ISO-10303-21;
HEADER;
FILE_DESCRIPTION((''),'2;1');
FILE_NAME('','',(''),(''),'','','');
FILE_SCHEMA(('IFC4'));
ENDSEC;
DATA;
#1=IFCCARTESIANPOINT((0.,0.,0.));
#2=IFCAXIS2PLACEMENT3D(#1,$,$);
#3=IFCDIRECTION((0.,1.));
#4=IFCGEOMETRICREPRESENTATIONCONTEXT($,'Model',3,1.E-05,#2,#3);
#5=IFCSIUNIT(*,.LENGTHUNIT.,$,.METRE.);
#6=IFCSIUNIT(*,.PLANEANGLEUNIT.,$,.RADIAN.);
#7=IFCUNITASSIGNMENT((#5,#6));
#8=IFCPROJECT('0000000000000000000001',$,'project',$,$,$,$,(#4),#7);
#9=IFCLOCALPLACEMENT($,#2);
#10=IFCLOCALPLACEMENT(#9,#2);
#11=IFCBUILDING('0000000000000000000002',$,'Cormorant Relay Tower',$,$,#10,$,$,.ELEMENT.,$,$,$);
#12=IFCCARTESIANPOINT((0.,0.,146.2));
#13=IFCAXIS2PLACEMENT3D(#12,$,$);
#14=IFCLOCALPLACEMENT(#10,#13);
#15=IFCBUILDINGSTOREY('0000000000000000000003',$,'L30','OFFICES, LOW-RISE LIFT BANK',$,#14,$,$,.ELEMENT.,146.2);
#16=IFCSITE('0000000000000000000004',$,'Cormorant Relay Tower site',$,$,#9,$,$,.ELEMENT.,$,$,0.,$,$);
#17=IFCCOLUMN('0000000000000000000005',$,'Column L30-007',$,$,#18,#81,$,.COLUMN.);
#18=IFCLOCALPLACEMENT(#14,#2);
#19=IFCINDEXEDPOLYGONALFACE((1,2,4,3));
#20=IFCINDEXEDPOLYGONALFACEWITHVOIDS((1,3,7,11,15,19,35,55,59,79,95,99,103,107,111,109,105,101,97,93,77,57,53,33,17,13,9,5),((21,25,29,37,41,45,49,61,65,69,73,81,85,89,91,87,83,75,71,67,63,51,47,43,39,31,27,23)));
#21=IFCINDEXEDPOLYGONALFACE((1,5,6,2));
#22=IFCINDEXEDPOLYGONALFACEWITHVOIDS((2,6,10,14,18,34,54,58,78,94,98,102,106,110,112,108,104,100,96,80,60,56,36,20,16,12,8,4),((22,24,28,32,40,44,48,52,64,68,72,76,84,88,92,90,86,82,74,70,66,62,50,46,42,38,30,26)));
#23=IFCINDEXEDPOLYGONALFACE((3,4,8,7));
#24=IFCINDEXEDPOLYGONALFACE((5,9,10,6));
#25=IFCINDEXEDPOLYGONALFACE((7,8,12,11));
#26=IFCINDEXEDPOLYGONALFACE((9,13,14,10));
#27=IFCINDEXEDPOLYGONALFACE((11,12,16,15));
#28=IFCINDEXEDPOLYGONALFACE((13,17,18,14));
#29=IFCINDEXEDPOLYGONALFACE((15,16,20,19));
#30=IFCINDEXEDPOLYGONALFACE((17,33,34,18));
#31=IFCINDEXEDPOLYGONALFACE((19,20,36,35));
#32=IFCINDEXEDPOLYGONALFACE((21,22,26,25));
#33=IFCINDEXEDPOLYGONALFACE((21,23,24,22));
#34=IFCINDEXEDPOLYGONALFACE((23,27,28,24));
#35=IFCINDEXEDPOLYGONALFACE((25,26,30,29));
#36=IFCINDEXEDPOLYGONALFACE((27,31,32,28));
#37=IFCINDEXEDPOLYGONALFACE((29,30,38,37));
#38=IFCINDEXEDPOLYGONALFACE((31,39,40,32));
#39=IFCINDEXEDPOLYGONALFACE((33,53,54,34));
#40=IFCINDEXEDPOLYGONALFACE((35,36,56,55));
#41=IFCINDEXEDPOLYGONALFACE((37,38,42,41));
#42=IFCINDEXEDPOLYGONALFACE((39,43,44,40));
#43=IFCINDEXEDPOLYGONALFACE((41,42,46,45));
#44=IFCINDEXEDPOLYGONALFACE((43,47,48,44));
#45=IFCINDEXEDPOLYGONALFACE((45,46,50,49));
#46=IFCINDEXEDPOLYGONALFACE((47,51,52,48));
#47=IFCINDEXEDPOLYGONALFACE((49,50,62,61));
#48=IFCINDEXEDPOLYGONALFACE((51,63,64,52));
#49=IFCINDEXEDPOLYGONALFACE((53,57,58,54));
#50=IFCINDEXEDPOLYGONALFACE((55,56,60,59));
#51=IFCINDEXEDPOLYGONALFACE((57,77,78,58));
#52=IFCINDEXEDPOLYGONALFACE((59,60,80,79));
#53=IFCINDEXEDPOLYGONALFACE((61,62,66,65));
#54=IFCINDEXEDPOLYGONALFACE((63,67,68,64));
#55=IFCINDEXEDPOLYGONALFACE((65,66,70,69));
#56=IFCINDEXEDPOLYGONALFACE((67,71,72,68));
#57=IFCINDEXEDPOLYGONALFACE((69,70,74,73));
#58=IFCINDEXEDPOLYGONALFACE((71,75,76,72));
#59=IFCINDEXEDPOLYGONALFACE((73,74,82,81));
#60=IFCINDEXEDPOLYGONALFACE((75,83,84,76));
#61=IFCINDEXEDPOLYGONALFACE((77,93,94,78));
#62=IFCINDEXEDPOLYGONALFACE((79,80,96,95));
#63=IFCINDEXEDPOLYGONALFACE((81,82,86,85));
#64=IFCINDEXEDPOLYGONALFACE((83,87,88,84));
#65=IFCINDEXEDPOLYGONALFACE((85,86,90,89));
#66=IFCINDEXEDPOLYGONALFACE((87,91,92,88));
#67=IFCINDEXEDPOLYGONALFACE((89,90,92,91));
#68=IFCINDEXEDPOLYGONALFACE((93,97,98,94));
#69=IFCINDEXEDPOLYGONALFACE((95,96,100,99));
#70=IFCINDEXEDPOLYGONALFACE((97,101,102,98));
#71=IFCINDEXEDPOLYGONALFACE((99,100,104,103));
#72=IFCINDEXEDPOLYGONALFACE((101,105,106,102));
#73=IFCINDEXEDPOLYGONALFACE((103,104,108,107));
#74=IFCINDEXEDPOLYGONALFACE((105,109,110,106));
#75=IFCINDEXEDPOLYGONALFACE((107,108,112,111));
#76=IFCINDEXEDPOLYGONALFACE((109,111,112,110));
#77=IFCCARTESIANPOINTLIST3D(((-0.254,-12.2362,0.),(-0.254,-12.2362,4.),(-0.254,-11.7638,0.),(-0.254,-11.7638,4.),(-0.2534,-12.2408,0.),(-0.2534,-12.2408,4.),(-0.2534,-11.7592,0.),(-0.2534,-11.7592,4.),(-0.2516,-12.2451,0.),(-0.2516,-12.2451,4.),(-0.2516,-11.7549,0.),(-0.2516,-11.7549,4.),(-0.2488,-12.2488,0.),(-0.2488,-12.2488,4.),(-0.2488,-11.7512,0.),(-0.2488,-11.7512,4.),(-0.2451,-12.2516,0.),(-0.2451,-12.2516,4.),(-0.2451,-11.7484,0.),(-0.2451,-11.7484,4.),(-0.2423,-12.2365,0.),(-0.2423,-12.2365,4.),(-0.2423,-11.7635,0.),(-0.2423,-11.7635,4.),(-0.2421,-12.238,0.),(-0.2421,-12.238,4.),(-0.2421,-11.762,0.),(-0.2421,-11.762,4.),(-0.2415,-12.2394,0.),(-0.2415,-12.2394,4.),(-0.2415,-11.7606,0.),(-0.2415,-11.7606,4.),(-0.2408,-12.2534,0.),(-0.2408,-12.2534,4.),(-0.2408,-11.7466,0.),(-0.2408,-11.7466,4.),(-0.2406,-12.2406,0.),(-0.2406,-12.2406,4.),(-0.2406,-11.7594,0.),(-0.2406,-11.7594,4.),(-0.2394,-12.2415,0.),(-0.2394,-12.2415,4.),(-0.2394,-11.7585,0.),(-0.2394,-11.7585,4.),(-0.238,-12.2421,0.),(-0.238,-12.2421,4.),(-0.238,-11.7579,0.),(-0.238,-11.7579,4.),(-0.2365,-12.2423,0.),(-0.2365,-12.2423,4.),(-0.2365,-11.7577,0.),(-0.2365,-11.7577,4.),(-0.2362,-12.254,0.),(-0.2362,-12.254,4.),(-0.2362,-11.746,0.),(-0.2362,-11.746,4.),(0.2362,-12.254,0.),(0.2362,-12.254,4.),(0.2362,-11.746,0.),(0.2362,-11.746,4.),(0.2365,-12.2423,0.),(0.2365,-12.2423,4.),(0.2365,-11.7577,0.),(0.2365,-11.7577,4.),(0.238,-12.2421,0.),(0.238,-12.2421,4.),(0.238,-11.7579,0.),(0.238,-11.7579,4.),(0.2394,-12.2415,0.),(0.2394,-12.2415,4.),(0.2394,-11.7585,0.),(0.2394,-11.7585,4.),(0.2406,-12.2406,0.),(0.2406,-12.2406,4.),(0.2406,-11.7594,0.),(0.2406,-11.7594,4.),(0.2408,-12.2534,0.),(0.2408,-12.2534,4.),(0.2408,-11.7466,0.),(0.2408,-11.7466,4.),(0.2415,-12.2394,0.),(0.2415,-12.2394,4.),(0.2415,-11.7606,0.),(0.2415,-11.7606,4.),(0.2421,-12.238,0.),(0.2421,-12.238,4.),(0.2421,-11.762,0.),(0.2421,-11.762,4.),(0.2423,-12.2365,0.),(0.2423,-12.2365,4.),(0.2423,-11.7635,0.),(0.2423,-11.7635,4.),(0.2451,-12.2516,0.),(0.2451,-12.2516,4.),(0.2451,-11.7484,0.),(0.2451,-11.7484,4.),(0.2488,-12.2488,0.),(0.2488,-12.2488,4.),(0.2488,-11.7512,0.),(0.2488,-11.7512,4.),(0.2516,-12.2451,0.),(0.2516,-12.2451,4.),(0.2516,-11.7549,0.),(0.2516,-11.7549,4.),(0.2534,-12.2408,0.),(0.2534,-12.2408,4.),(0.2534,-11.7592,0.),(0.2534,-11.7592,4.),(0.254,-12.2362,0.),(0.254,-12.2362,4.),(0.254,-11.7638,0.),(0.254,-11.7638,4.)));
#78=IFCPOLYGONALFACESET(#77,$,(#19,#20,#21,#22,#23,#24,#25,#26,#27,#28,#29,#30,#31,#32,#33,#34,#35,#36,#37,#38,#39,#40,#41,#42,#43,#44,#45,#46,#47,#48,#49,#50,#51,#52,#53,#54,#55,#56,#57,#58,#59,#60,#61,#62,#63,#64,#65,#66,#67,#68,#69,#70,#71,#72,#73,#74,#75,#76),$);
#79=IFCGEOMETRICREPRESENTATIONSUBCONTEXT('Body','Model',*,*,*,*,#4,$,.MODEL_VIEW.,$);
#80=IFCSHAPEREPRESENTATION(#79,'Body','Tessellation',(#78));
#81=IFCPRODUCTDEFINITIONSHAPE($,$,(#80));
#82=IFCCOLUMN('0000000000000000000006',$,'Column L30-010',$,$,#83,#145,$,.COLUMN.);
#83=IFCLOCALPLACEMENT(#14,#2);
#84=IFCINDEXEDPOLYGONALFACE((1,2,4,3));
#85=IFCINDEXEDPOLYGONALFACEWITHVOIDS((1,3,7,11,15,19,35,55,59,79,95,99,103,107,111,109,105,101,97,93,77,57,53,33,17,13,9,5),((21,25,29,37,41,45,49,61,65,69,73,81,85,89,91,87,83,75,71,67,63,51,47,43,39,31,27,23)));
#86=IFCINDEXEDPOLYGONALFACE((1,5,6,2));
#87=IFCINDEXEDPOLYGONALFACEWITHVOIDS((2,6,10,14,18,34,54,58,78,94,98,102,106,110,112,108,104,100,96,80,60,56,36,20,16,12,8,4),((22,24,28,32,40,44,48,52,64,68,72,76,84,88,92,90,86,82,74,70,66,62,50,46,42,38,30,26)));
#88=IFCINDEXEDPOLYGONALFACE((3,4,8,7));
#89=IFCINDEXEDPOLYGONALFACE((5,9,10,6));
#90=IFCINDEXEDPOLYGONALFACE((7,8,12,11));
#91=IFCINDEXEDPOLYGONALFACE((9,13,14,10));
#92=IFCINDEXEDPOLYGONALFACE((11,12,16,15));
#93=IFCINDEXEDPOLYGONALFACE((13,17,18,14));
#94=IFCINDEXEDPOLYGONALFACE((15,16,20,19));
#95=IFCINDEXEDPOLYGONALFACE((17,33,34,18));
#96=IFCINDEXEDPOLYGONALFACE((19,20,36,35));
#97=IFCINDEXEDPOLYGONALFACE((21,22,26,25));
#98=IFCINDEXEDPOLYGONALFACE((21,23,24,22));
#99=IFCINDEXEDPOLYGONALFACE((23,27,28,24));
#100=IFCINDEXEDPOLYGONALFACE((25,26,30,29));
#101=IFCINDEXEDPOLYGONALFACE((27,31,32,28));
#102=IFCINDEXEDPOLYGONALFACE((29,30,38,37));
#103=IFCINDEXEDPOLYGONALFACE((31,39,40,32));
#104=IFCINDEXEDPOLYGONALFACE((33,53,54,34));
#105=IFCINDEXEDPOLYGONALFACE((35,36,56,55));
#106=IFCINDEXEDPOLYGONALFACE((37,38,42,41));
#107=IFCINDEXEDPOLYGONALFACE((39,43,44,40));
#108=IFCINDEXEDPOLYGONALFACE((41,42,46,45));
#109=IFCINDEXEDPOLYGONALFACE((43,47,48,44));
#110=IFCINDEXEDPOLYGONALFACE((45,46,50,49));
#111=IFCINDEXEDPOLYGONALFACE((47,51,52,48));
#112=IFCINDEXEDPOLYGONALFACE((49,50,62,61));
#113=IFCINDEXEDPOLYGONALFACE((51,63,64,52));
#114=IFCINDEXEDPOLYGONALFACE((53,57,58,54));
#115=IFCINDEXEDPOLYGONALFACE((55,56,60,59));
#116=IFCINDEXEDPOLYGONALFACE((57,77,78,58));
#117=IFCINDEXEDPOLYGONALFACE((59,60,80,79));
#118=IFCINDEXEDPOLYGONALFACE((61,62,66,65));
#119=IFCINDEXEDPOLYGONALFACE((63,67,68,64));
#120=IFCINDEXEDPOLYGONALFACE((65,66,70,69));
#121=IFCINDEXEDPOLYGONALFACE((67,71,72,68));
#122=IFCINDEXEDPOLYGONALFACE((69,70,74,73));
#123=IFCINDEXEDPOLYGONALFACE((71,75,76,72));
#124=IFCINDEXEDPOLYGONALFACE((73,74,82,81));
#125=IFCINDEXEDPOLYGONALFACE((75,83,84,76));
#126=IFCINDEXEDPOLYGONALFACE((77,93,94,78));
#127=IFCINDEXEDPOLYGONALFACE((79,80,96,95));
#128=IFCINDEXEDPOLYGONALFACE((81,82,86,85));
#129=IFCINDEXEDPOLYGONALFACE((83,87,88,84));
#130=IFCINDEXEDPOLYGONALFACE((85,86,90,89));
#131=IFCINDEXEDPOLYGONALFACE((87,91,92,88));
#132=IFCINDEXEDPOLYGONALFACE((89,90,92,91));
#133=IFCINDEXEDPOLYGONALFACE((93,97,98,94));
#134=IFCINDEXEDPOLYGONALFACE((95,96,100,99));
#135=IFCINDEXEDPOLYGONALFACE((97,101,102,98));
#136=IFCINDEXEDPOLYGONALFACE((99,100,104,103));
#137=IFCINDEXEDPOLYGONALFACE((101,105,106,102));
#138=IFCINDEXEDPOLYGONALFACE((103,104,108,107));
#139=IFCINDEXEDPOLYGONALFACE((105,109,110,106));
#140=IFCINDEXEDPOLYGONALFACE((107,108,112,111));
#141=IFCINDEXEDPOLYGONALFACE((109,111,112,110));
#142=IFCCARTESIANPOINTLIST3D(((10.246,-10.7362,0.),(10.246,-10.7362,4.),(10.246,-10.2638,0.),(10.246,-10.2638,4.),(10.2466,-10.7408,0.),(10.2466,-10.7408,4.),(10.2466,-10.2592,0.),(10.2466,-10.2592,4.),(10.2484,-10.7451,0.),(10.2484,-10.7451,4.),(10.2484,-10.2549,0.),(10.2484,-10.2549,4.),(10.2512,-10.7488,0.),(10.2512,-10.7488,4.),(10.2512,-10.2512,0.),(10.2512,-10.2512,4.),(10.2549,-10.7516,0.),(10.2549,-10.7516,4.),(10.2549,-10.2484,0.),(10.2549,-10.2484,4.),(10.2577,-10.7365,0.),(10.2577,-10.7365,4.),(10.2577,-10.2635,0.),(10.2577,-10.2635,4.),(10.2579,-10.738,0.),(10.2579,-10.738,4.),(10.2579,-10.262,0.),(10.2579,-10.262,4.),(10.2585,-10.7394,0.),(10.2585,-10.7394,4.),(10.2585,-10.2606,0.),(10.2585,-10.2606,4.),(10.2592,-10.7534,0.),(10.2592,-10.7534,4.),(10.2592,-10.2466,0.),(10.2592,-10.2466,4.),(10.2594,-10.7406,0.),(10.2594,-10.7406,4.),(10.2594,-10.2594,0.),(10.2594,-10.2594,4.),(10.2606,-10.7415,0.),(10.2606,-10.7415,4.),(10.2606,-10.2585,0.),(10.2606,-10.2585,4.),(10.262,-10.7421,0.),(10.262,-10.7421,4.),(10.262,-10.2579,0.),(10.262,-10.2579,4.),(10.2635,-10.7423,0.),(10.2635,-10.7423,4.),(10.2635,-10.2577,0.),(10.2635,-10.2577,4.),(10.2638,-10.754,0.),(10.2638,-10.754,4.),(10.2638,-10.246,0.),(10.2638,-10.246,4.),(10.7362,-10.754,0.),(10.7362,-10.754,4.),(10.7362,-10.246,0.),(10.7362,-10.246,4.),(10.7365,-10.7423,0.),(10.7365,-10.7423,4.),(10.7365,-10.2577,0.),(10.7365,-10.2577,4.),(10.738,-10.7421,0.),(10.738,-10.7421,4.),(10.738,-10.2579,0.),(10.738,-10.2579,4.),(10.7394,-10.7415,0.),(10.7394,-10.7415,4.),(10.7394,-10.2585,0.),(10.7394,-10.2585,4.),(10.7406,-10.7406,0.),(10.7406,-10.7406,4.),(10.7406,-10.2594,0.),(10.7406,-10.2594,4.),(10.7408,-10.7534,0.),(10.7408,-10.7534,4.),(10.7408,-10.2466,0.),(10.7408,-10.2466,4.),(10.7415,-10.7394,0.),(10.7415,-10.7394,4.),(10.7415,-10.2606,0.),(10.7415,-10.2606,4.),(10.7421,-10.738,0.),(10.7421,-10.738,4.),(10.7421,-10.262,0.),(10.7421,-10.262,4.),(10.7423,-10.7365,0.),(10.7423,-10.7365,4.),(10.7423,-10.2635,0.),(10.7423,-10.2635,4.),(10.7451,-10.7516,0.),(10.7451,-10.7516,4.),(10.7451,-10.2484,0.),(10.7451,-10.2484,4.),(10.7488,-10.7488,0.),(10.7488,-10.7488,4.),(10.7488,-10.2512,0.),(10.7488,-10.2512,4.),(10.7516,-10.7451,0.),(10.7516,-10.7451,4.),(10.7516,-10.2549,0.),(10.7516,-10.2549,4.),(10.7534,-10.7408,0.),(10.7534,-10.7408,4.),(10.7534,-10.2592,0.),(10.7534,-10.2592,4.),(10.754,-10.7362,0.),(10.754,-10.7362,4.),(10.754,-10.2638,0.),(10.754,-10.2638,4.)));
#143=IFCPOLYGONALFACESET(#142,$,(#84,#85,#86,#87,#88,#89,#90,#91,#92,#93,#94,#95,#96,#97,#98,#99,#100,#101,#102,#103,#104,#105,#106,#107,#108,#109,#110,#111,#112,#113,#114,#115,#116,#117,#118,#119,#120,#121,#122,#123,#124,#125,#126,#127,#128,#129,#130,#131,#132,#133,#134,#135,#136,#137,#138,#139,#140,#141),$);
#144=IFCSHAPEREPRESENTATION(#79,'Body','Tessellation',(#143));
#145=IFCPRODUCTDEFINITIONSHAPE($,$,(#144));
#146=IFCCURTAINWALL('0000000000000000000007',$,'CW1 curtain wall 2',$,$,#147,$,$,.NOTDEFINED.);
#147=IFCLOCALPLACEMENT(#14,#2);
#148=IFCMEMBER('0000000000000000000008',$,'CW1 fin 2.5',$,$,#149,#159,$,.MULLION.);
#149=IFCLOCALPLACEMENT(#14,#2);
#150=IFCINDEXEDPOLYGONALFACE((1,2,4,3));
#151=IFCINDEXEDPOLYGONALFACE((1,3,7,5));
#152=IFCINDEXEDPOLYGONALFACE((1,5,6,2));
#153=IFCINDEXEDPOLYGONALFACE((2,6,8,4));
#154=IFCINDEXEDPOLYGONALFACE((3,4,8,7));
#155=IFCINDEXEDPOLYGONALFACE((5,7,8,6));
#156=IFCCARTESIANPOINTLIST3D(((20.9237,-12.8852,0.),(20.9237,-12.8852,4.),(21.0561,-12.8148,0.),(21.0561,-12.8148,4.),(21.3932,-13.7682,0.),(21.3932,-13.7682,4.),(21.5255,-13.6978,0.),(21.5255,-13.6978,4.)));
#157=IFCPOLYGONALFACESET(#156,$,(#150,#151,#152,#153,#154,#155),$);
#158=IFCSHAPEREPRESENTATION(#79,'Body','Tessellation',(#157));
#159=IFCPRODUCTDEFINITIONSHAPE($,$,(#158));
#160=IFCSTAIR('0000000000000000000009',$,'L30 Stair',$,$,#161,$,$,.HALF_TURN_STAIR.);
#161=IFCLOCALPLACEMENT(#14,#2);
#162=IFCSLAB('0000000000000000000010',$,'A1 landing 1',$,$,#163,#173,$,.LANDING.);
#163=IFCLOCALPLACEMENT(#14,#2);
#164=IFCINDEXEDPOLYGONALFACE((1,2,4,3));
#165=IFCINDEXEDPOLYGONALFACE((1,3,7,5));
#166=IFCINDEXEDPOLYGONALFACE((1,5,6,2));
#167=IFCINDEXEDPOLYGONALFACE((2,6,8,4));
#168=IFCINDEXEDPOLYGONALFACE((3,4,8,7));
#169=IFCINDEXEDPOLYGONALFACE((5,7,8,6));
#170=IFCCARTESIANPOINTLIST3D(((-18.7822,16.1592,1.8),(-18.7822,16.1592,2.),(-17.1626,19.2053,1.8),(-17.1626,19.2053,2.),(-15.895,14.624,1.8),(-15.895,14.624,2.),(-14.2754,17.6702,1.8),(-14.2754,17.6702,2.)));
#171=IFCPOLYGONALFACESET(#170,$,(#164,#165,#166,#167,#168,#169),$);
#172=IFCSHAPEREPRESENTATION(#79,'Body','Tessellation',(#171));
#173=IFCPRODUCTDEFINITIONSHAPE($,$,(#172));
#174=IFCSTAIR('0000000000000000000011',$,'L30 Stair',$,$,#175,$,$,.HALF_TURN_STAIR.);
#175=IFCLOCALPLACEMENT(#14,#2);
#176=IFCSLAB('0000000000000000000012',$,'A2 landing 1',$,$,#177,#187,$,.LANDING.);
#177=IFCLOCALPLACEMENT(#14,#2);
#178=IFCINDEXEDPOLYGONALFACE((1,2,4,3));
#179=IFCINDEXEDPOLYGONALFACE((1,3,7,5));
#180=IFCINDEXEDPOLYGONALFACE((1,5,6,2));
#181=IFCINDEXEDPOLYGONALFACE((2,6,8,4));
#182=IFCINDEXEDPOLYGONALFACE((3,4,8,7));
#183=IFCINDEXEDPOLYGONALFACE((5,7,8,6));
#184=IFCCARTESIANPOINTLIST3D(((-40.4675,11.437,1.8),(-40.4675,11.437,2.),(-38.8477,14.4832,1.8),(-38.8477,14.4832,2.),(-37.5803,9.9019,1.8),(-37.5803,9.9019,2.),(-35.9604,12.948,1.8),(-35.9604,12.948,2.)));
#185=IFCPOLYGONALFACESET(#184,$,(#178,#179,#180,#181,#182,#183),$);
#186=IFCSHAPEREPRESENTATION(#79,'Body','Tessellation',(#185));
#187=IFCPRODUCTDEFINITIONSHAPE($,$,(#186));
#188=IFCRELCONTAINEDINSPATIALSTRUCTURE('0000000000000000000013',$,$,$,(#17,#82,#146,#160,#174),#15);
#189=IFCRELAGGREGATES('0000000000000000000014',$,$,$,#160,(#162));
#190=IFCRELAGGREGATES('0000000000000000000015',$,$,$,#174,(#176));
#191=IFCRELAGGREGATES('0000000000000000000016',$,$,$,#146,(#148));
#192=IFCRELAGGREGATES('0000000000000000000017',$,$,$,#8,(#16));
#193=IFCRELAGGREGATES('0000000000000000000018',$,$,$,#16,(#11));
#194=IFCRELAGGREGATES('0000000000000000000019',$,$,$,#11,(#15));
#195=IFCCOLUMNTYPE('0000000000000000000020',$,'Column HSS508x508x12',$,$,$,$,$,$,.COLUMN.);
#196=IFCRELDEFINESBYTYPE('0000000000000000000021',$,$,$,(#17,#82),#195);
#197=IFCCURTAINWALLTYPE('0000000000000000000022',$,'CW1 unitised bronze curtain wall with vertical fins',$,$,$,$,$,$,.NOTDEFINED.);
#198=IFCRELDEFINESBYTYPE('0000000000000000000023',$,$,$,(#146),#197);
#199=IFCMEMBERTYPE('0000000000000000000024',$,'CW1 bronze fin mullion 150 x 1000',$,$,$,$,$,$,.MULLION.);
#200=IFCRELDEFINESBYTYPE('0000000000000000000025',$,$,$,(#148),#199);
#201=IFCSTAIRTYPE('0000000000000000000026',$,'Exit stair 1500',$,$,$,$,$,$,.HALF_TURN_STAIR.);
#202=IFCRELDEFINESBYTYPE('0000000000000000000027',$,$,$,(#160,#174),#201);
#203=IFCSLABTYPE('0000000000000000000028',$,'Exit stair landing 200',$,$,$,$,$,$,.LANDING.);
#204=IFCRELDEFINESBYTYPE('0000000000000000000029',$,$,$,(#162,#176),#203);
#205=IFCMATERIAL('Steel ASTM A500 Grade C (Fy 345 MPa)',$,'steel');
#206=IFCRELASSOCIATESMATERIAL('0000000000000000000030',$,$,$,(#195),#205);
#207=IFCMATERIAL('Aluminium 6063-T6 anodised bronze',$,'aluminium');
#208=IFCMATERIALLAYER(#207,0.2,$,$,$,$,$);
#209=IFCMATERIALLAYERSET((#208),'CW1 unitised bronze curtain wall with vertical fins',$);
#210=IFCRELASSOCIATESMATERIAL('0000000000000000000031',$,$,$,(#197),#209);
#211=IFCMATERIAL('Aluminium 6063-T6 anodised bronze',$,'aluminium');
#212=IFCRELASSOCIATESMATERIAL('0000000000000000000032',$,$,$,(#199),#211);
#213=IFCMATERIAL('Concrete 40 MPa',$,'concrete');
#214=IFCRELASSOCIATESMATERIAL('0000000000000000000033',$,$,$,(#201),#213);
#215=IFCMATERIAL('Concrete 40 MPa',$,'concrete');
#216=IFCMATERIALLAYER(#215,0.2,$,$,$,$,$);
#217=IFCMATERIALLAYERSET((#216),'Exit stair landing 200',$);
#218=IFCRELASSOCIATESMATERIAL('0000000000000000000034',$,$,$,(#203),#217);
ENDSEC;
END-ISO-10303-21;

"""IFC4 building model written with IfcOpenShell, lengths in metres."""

from ifc_helpers import new_model, si_unit, direction, frame, origin, origin_2d, place, context, subcontext, project, spatial, polyline, rectangle, hollow_rectangle, outline, extrude, material, layer, layer_set, material_profile, profile_set, type_object, element, aggregate, save


model = new_model("IFC4")

# Units and contexts
model_context = context("Model", 3, precision=1e-05, world=origin(), true_north=direction((0.0, 1.0)))
body_context = subcontext(model_context, "Body", "Model", "MODEL_VIEW")
ifc_project = project(units=[si_unit("LENGTHUNIT", "METRE"), si_unit("PLANEANGLEUNIT", "RADIAN")], contexts=[model_context])

# Site, building, storey
site_placement = place(None, origin())
site = spatial("IfcSite", under=ifc_project, at=site_placement, Name="Cormorant Relay Tower site", CompositionType="ELEMENT", RefElevation=0.0)
building_placement = place(site_placement, origin())
building = spatial("IfcBuilding", under=site, at=building_placement, Name="Cormorant Relay Tower", CompositionType="ELEMENT")
storey_placement = place(building_placement, frame((0.0, 0.0, 146.2)))
storey = spatial("IfcBuildingStorey", under=building, at=storey_placement, Name="L30", Description="OFFICES, LOW-RISE LIFT BANK", CompositionType="ELEMENT", Elevation=146.2)

# Columns
ifc_material_1 = material(Name="Steel ASTM A500 Grade C (Fy 345 MPa)", Category="steel")
ifc_material_profile_1 = material_profile(ifc_material_1, hollow_rectangle(XDim=0.5081, YDim=0.5081, WallThickness=0.0117, InnerFilletRadius=0.0059, OuterFilletRadius=0.0178, at=origin_2d()), Name="HSS508x508x12")
ifc_profile_set_1 = profile_set([ifc_material_profile_1], Name="Steel ASTM A500 Grade C (Fy 345 MPa)")
column_type = type_object("IfcColumnType", Name="Column HSS508x508x12", PredefinedType="COLUMN", material=ifc_profile_set_1)
for number, where, z_axis, x_axis, name in (
    (1, (0.0, -12.0, 0.0), (0.0, 0.0, 1.0), (1.0, 0.0, 0.0), "Column L30-007"),
    (2, (10.5, -10.5, 0.0), (0.0, 0.0, 1.0), (1.0, 0.0, 0.0), "Column L30-010"),
):
    element("IfcColumn", number, at=place(storey_placement, frame(where, z_axis=z_axis, x_axis=x_axis)), inside=storey, type_object=column_type, Name=name, PredefinedType="COLUMN", context=body_context, shape_type="SweptSolid", body=[
        extrude(hollow_rectangle(XDim=0.5081, YDim=0.5081, WallThickness=0.0117, InnerFilletRadius=0.0059, OuterFilletRadius=0.0178, at=origin_2d()), origin(), (0.0, 0.0, 1.0), 4.0),
    ])

# Curtain wall, member
ifc_material_2 = material(Name="Aluminium 6063-T6 anodised bronze", Category="aluminium")
ifc_layer_1 = layer(ifc_material_2, 0.2)
ifc_layer_set_1 = layer_set([ifc_layer_1], Name="CW1 unitised bronze curtain wall with vertical fins")
curtain_wall_type = type_object("IfcCurtainWallType", Name="CW1 unitised bronze curtain wall with vertical fins", PredefinedType="NOTDEFINED", material=ifc_layer_set_1)
curtain_wall_placement = place(storey_placement, origin())
curtain_wall = element("IfcCurtainWall", 3, at=curtain_wall_placement, inside=storey, type_object=curtain_wall_type, Name="CW1 curtain wall 2", PredefinedType="NOTDEFINED")
ifc_material_3 = material(Name="Aluminium 6063-T6 anodised bronze", Category="aluminium")
ifc_material_profile_2 = material_profile(ifc_material_3, rectangle(XDim=0.1499, YDim=1.0, at=origin_2d()), Name="AL 150x1000")
ifc_profile_set_2 = profile_set([ifc_material_profile_2], Name="Aluminium 6063-T6 anodised bronze")
member_type = type_object("IfcMemberType", Name="CW1 bronze fin mullion 150 x 1000", PredefinedType="MULLION", material=ifc_profile_set_2)
member_placement = place(storey_placement, frame((21.2246, -13.2915, 0.0), z_axis=(0.0, 0.0, 1.0), x_axis=(0.882948, 0.469472, 0.0)))
member = element("IfcMember", 4, at=member_placement, type_object=member_type, Name="CW1 fin 2.5", PredefinedType="MULLION", context=body_context, shape_type="SweptSolid", body=[
    extrude(rectangle(XDim=0.1499, YDim=1.0, at=origin_2d()), origin(), (0.0, 0.0, 1.0), 4.0),
])

# Stairs, slabs
ifc_material_4 = material(Name="Concrete 40 MPa", Category="concrete")
stair_type = type_object("IfcStairType", Name="Exit stair 1500", PredefinedType="HALF_TURN_STAIR", material=ifc_material_4)
stair_1_placement = place(storey_placement, origin())
stair_1 = element("IfcStair", 5, at=stair_1_placement, inside=storey, type_object=stair_type, Name="L30 Stair", PredefinedType="HALF_TURN_STAIR")
ifc_material_5 = material(Name="Concrete 40 MPa", Category="concrete")
ifc_layer_2 = layer(ifc_material_5, 0.2)
ifc_layer_set_2 = layer_set([ifc_layer_2], Name="Exit stair landing 200")
slab_type_1 = type_object("IfcSlabType", Name="Exit stair landing 200", PredefinedType="LANDING", material=ifc_layer_set_2)
slab_1_placement = place(storey_placement, frame((0.0, 0.0, 1.8)))
slab_1 = element("IfcSlab", 6, at=slab_1_placement, type_object=slab_type_1, Name="A1 landing 1", PredefinedType="LANDING", context=body_context, shape_type="SweptSolid", body=[
    extrude(outline(polyline([(-18.7822, 16.1592), (-15.895, 14.624), (-14.2754, 17.6702), (-17.1626, 19.2053), (-18.7822, 16.1592)])), origin(), (0.0, 0.0, 1.0), 0.2),
])
aggregate(stair_1, [slab_1])
stair_2_placement = place(storey_placement, origin())
stair_2 = element("IfcStair", 7, at=stair_2_placement, inside=storey, type_object=stair_type, Name="L30 Stair", PredefinedType="HALF_TURN_STAIR")
slab_2_placement = place(storey_placement, frame((0.0, 0.0, 1.8)))
slab_2 = element("IfcSlab", 8, at=slab_2_placement, type_object=slab_type_1, Name="A2 landing 1", PredefinedType="LANDING", context=body_context, shape_type="SweptSolid", body=[
    extrude(outline(polyline([(-35.9604, 12.948), (-38.8477, 14.4832), (-40.4675, 11.437), (-37.5803, 9.9019), (-35.9604, 12.948)])), origin(), (0.0, 0.0, 1.0), 0.2),
])
aggregate(stair_2, [slab_2])

aggregate(curtain_wall, [member])

save(model, "model.ifc")
